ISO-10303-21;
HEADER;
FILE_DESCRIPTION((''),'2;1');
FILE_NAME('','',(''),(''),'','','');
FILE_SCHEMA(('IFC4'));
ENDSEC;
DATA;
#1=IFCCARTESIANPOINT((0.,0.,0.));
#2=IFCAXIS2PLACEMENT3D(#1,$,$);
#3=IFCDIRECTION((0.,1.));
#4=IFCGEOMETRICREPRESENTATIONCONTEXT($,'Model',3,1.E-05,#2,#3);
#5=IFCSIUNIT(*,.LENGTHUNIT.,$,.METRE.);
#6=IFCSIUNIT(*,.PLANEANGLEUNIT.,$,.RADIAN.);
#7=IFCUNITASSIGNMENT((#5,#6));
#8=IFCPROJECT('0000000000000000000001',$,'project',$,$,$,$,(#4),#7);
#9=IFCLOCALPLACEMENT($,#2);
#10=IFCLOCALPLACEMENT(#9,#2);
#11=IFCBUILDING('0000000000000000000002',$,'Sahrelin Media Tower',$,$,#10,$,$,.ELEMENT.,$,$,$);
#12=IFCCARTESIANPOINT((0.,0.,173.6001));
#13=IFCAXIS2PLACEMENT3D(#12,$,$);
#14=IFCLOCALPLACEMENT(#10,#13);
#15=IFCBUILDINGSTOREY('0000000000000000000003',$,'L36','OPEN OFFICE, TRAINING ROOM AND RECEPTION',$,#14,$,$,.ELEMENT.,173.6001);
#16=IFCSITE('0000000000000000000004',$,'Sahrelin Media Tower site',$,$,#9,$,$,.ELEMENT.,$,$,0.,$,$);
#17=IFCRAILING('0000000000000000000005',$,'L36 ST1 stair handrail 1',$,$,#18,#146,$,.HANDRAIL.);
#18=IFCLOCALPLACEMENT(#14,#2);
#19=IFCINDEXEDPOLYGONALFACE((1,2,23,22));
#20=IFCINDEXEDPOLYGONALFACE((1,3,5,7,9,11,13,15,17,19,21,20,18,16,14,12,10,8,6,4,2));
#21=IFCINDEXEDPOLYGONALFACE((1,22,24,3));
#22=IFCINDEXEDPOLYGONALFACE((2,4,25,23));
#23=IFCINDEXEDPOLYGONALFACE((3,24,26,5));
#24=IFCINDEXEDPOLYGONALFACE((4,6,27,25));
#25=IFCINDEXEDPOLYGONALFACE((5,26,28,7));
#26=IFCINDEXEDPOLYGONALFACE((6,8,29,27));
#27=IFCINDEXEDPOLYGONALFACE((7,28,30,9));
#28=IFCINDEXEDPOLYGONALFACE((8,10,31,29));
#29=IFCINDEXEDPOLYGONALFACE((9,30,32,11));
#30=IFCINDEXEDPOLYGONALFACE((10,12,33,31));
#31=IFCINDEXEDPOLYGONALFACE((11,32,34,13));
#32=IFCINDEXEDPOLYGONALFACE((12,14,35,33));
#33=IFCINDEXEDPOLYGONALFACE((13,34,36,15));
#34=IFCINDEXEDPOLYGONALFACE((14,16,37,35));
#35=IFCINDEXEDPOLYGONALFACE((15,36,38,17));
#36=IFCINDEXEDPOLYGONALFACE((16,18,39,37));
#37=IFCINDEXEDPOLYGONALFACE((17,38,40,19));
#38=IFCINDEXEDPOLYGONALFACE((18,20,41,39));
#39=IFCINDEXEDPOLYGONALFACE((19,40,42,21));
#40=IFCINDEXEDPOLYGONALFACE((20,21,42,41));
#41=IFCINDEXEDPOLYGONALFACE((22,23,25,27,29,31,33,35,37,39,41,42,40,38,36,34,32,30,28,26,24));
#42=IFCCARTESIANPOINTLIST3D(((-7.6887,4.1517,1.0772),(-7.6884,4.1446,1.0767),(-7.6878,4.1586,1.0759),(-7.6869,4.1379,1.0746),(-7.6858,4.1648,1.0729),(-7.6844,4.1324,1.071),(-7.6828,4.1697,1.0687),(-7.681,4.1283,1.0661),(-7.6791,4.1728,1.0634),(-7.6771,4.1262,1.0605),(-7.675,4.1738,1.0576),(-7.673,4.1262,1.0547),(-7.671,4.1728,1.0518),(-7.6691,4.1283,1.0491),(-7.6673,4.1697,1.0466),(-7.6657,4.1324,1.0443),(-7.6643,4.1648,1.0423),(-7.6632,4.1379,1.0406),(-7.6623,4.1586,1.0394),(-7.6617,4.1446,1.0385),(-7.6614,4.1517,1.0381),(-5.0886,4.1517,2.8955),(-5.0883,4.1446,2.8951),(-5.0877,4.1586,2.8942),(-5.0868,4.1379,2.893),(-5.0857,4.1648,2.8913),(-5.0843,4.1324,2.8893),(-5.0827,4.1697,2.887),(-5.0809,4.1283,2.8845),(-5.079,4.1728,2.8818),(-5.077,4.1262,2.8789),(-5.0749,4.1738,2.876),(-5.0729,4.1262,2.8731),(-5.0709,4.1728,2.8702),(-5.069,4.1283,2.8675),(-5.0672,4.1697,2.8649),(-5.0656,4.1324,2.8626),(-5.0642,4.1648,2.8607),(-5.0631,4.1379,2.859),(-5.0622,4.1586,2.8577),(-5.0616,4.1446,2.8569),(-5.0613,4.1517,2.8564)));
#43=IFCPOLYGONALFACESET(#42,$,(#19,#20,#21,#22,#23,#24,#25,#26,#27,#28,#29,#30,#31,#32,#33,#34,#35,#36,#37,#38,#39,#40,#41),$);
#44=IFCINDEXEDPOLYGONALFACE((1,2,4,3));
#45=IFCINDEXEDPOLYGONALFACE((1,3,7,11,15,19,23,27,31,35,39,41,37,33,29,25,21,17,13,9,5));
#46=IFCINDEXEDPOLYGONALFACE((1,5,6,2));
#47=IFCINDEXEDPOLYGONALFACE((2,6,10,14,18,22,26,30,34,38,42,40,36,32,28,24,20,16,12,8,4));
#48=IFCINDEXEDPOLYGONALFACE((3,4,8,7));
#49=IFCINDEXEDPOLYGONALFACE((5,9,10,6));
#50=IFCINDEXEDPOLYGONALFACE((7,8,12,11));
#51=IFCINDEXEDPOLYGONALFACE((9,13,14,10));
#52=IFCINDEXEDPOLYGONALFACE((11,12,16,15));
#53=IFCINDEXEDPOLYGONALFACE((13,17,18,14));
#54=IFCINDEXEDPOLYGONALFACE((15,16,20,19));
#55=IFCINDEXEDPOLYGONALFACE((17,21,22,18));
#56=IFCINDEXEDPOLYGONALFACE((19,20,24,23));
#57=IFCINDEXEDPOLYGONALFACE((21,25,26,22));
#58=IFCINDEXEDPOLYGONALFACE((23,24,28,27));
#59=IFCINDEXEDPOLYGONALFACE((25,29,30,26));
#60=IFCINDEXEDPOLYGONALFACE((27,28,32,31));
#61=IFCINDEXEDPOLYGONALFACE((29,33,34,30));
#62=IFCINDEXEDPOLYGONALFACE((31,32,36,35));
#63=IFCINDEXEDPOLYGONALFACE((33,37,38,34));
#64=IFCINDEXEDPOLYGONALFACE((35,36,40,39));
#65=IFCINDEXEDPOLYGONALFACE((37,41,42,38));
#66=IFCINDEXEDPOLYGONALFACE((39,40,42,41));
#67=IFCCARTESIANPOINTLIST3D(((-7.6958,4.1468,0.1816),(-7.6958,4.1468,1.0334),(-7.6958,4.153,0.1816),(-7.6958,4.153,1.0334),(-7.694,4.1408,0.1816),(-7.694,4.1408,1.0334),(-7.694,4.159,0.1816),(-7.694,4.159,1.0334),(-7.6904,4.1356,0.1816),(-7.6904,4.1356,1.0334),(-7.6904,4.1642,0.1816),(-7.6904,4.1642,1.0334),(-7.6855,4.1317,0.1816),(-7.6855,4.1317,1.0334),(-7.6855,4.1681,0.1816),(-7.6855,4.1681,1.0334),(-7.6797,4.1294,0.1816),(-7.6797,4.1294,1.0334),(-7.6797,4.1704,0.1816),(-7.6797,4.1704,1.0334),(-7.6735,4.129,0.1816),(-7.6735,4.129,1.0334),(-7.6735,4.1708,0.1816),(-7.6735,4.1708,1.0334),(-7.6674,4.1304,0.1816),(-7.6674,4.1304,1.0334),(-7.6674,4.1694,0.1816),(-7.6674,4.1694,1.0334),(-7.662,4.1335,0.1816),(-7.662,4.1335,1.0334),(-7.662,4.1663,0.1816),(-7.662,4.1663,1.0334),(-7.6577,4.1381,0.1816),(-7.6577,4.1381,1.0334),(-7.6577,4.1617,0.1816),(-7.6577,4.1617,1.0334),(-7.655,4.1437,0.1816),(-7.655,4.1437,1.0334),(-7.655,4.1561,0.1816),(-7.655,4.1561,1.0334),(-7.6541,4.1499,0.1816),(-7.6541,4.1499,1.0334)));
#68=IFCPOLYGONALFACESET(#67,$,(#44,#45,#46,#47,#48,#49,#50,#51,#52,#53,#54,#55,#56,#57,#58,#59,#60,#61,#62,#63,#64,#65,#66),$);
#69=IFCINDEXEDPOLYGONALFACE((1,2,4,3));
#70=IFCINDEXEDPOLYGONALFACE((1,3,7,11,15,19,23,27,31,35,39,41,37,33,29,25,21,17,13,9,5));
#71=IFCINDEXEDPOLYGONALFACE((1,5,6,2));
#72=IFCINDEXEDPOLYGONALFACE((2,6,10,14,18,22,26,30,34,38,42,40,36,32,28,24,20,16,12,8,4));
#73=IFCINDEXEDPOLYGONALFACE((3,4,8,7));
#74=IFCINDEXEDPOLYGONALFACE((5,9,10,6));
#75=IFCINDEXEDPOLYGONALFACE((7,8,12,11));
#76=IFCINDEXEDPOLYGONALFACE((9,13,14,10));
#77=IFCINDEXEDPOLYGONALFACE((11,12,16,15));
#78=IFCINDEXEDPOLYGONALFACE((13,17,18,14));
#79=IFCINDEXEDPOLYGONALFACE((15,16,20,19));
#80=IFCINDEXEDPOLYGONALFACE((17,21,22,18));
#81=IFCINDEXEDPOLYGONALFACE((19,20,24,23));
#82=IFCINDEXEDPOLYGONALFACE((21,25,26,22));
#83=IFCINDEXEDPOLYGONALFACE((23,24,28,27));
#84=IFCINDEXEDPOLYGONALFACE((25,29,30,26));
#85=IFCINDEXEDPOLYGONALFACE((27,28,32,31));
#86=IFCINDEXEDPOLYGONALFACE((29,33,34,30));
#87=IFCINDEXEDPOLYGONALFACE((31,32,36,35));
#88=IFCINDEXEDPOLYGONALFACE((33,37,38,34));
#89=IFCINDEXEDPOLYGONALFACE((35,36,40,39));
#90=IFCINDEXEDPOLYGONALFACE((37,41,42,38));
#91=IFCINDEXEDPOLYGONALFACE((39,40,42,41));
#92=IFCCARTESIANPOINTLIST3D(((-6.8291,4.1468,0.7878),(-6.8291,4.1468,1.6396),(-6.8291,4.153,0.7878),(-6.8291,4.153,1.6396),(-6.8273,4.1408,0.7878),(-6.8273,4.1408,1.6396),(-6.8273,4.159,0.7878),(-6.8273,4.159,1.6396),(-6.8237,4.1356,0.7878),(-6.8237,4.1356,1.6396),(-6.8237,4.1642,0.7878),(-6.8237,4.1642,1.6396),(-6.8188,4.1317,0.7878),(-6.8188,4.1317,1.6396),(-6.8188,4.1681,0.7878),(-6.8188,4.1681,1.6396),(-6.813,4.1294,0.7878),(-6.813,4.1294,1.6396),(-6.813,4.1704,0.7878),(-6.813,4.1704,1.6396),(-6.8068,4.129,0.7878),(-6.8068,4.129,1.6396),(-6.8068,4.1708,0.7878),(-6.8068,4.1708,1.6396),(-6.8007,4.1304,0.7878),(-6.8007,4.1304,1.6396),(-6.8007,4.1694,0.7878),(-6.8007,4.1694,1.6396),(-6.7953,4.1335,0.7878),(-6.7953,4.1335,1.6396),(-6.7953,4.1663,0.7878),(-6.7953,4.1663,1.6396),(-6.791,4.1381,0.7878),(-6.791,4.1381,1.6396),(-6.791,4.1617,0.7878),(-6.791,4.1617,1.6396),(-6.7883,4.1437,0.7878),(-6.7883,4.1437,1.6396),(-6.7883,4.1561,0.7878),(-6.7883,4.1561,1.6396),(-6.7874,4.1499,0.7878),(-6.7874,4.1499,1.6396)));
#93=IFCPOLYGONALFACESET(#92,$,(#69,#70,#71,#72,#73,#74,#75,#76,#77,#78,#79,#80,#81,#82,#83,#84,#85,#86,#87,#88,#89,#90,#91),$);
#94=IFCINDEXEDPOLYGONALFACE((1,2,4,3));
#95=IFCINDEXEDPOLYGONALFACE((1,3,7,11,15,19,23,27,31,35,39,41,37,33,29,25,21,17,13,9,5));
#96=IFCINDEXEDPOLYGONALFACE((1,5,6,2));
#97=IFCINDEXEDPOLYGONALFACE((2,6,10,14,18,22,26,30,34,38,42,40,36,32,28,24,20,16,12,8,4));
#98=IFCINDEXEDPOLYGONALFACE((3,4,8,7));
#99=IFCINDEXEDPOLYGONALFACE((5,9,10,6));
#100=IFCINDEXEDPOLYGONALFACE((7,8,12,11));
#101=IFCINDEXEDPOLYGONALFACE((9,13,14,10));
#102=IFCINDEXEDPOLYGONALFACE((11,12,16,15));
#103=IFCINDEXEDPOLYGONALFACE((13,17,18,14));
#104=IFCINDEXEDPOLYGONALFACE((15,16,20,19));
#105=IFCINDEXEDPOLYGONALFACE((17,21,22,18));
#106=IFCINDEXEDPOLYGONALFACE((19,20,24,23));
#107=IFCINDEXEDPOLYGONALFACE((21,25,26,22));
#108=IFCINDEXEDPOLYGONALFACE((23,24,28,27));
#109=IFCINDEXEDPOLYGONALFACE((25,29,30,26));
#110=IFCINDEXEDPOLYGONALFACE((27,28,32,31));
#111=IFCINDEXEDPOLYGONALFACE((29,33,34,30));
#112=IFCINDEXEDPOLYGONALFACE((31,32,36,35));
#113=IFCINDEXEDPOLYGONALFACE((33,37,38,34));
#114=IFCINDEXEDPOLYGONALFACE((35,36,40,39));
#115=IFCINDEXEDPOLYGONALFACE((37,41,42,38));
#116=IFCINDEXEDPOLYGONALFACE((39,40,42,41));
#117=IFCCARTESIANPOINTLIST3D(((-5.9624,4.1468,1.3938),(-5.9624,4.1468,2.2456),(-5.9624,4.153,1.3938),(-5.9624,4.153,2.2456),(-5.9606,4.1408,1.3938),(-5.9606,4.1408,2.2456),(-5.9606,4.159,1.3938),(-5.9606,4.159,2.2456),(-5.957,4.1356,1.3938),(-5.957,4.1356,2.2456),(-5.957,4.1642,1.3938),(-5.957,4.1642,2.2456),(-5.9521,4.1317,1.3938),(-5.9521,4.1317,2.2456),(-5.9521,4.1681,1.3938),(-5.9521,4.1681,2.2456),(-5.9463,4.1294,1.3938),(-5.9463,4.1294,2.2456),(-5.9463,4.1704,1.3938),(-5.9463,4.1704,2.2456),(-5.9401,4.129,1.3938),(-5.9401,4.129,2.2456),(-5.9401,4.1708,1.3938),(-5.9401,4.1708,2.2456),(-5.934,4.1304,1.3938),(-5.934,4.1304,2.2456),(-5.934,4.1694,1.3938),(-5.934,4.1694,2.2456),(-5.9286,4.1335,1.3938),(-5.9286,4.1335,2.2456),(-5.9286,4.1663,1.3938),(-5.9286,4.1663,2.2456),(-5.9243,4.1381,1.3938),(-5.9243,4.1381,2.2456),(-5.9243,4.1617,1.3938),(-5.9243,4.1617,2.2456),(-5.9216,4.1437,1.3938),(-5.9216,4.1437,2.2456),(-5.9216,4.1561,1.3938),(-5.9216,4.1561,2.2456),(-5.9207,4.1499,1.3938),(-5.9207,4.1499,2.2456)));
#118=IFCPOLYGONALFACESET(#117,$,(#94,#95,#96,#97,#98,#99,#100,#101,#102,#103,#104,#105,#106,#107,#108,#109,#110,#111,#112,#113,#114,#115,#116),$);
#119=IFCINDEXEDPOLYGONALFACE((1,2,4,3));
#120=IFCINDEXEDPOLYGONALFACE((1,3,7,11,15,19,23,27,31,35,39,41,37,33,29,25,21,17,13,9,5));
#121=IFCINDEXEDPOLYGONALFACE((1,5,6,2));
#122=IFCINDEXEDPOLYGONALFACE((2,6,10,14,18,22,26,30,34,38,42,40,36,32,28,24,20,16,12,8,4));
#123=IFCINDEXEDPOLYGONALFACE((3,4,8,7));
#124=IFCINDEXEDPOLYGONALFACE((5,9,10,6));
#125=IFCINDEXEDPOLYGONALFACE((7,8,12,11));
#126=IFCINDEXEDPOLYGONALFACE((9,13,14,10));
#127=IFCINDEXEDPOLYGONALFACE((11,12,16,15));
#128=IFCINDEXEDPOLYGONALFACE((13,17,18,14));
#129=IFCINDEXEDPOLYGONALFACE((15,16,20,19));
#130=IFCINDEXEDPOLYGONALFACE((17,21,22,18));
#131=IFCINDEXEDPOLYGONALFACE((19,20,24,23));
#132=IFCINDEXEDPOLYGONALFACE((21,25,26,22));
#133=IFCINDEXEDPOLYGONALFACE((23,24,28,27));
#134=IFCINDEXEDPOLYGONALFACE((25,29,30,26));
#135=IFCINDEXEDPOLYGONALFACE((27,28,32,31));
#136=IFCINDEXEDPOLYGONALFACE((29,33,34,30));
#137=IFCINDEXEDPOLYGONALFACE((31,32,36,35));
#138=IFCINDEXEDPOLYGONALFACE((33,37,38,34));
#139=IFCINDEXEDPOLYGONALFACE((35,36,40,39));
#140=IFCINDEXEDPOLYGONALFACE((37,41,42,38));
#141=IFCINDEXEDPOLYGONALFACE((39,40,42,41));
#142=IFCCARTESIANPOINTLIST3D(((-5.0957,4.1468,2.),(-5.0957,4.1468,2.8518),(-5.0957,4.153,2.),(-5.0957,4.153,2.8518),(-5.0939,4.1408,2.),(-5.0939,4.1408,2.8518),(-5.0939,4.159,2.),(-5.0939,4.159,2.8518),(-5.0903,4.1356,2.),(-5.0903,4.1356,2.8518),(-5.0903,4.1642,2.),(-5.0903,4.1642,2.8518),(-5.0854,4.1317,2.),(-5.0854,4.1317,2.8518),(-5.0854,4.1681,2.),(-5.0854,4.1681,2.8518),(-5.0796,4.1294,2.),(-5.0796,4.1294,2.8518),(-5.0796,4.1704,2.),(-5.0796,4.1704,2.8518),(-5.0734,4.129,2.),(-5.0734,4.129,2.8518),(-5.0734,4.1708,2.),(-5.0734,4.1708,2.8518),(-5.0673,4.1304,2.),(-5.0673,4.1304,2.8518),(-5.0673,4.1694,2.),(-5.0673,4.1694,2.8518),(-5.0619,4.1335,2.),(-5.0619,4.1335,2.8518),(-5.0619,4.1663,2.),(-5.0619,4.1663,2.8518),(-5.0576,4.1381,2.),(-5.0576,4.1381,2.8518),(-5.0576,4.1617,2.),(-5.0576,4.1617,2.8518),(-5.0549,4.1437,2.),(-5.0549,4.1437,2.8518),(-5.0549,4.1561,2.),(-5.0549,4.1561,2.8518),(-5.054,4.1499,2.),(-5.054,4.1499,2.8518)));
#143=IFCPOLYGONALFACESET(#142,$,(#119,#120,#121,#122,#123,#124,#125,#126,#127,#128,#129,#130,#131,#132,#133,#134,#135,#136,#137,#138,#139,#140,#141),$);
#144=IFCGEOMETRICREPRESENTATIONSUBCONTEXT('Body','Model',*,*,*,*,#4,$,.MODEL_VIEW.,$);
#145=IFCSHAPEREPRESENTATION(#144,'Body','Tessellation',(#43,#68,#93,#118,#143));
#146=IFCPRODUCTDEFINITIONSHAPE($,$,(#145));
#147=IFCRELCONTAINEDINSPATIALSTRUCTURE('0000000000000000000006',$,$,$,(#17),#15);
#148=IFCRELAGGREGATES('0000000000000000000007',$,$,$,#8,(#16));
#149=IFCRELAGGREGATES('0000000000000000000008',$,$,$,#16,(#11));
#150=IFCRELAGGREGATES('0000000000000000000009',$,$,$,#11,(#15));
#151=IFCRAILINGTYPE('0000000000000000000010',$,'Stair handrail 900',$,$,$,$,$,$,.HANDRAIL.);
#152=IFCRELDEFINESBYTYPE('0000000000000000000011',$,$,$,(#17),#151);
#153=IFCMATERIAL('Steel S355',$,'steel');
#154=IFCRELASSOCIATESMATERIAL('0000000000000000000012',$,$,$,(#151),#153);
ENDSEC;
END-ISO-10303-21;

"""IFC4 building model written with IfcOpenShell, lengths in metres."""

from ifc_helpers import new_model, si_unit, direction, frame, origin, origin_2d, place, context, subcontext, project, spatial, circle, extrude, material, type_object, element, save


model = new_model("IFC4")

# Units and contexts
model_context = context("Model", 3, precision=1e-05, world=origin(), true_north=direction((0.0, 1.0)))
body_context = subcontext(model_context, "Body", "Model", "MODEL_VIEW")
ifc_project = project(units=[si_unit("LENGTHUNIT", "METRE"), si_unit("PLANEANGLEUNIT", "RADIAN")], contexts=[model_context])

# Site, building, storey
site_placement = place(None, origin())
site = spatial("IfcSite", under=ifc_project, at=site_placement, Name="Sahrelin Media Tower site", CompositionType="ELEMENT", RefElevation=0.0)
building_placement = place(site_placement, origin())
building = spatial("IfcBuilding", under=site, at=building_placement, Name="Sahrelin Media Tower", CompositionType="ELEMENT")
storey_placement = place(building_placement, frame((0.0, 0.0, 173.6001)))
storey = spatial("IfcBuildingStorey", under=building, at=storey_placement, Name="L36", Description="OPEN OFFICE, TRAINING ROOM AND RECEPTION", CompositionType="ELEMENT", Elevation=173.6001)

# Railing
ifc_material_1 = material(Name="Steel S355", Category="steel")
railing_type_1 = type_object("IfcRailingType", Name="Stair handrail 900", PredefinedType="HANDRAIL", material=ifc_material_1)
railing_1_placement = place(storey_placement, frame((-7.675, 4.1499, 0.1816)))
element("IfcRailing", 1, at=railing_1_placement, inside=storey, type_object=railing_type_1, Name="L36 ST1 stair handrail 1", PredefinedType="HANDRAIL", context=body_context, shape_type="SweptSolid", body=[
    extrude(circle(Radius=0.0239, at=origin_2d()), frame((0.0, 0.0, 0.876), z_axis=(0.819485, 0.0, 0.573101), x_axis=(0.0, 1.0, 0.0)), (0.0, 0.0, 1.0), 3.1729),
    extrude(circle(Radius=0.021, at=origin_2d()), origin(), (0.0, 0.0, 1.0), 0.8518),
    extrude(circle(Radius=0.021, at=origin_2d()), frame((0.8667, 0.0, 0.6062)), (0.0, 0.0, 1.0), 0.8518),
    extrude(circle(Radius=0.021, at=origin_2d()), frame((1.7334, 0.0, 1.2122)), (0.0, 0.0, 1.0), 0.8518),
    extrude(circle(Radius=0.021, at=origin_2d()), frame((2.6001, 0.0, 1.8184)), (0.0, 0.0, 1.0), 0.8518),
])

save(model, "model.ifc")
